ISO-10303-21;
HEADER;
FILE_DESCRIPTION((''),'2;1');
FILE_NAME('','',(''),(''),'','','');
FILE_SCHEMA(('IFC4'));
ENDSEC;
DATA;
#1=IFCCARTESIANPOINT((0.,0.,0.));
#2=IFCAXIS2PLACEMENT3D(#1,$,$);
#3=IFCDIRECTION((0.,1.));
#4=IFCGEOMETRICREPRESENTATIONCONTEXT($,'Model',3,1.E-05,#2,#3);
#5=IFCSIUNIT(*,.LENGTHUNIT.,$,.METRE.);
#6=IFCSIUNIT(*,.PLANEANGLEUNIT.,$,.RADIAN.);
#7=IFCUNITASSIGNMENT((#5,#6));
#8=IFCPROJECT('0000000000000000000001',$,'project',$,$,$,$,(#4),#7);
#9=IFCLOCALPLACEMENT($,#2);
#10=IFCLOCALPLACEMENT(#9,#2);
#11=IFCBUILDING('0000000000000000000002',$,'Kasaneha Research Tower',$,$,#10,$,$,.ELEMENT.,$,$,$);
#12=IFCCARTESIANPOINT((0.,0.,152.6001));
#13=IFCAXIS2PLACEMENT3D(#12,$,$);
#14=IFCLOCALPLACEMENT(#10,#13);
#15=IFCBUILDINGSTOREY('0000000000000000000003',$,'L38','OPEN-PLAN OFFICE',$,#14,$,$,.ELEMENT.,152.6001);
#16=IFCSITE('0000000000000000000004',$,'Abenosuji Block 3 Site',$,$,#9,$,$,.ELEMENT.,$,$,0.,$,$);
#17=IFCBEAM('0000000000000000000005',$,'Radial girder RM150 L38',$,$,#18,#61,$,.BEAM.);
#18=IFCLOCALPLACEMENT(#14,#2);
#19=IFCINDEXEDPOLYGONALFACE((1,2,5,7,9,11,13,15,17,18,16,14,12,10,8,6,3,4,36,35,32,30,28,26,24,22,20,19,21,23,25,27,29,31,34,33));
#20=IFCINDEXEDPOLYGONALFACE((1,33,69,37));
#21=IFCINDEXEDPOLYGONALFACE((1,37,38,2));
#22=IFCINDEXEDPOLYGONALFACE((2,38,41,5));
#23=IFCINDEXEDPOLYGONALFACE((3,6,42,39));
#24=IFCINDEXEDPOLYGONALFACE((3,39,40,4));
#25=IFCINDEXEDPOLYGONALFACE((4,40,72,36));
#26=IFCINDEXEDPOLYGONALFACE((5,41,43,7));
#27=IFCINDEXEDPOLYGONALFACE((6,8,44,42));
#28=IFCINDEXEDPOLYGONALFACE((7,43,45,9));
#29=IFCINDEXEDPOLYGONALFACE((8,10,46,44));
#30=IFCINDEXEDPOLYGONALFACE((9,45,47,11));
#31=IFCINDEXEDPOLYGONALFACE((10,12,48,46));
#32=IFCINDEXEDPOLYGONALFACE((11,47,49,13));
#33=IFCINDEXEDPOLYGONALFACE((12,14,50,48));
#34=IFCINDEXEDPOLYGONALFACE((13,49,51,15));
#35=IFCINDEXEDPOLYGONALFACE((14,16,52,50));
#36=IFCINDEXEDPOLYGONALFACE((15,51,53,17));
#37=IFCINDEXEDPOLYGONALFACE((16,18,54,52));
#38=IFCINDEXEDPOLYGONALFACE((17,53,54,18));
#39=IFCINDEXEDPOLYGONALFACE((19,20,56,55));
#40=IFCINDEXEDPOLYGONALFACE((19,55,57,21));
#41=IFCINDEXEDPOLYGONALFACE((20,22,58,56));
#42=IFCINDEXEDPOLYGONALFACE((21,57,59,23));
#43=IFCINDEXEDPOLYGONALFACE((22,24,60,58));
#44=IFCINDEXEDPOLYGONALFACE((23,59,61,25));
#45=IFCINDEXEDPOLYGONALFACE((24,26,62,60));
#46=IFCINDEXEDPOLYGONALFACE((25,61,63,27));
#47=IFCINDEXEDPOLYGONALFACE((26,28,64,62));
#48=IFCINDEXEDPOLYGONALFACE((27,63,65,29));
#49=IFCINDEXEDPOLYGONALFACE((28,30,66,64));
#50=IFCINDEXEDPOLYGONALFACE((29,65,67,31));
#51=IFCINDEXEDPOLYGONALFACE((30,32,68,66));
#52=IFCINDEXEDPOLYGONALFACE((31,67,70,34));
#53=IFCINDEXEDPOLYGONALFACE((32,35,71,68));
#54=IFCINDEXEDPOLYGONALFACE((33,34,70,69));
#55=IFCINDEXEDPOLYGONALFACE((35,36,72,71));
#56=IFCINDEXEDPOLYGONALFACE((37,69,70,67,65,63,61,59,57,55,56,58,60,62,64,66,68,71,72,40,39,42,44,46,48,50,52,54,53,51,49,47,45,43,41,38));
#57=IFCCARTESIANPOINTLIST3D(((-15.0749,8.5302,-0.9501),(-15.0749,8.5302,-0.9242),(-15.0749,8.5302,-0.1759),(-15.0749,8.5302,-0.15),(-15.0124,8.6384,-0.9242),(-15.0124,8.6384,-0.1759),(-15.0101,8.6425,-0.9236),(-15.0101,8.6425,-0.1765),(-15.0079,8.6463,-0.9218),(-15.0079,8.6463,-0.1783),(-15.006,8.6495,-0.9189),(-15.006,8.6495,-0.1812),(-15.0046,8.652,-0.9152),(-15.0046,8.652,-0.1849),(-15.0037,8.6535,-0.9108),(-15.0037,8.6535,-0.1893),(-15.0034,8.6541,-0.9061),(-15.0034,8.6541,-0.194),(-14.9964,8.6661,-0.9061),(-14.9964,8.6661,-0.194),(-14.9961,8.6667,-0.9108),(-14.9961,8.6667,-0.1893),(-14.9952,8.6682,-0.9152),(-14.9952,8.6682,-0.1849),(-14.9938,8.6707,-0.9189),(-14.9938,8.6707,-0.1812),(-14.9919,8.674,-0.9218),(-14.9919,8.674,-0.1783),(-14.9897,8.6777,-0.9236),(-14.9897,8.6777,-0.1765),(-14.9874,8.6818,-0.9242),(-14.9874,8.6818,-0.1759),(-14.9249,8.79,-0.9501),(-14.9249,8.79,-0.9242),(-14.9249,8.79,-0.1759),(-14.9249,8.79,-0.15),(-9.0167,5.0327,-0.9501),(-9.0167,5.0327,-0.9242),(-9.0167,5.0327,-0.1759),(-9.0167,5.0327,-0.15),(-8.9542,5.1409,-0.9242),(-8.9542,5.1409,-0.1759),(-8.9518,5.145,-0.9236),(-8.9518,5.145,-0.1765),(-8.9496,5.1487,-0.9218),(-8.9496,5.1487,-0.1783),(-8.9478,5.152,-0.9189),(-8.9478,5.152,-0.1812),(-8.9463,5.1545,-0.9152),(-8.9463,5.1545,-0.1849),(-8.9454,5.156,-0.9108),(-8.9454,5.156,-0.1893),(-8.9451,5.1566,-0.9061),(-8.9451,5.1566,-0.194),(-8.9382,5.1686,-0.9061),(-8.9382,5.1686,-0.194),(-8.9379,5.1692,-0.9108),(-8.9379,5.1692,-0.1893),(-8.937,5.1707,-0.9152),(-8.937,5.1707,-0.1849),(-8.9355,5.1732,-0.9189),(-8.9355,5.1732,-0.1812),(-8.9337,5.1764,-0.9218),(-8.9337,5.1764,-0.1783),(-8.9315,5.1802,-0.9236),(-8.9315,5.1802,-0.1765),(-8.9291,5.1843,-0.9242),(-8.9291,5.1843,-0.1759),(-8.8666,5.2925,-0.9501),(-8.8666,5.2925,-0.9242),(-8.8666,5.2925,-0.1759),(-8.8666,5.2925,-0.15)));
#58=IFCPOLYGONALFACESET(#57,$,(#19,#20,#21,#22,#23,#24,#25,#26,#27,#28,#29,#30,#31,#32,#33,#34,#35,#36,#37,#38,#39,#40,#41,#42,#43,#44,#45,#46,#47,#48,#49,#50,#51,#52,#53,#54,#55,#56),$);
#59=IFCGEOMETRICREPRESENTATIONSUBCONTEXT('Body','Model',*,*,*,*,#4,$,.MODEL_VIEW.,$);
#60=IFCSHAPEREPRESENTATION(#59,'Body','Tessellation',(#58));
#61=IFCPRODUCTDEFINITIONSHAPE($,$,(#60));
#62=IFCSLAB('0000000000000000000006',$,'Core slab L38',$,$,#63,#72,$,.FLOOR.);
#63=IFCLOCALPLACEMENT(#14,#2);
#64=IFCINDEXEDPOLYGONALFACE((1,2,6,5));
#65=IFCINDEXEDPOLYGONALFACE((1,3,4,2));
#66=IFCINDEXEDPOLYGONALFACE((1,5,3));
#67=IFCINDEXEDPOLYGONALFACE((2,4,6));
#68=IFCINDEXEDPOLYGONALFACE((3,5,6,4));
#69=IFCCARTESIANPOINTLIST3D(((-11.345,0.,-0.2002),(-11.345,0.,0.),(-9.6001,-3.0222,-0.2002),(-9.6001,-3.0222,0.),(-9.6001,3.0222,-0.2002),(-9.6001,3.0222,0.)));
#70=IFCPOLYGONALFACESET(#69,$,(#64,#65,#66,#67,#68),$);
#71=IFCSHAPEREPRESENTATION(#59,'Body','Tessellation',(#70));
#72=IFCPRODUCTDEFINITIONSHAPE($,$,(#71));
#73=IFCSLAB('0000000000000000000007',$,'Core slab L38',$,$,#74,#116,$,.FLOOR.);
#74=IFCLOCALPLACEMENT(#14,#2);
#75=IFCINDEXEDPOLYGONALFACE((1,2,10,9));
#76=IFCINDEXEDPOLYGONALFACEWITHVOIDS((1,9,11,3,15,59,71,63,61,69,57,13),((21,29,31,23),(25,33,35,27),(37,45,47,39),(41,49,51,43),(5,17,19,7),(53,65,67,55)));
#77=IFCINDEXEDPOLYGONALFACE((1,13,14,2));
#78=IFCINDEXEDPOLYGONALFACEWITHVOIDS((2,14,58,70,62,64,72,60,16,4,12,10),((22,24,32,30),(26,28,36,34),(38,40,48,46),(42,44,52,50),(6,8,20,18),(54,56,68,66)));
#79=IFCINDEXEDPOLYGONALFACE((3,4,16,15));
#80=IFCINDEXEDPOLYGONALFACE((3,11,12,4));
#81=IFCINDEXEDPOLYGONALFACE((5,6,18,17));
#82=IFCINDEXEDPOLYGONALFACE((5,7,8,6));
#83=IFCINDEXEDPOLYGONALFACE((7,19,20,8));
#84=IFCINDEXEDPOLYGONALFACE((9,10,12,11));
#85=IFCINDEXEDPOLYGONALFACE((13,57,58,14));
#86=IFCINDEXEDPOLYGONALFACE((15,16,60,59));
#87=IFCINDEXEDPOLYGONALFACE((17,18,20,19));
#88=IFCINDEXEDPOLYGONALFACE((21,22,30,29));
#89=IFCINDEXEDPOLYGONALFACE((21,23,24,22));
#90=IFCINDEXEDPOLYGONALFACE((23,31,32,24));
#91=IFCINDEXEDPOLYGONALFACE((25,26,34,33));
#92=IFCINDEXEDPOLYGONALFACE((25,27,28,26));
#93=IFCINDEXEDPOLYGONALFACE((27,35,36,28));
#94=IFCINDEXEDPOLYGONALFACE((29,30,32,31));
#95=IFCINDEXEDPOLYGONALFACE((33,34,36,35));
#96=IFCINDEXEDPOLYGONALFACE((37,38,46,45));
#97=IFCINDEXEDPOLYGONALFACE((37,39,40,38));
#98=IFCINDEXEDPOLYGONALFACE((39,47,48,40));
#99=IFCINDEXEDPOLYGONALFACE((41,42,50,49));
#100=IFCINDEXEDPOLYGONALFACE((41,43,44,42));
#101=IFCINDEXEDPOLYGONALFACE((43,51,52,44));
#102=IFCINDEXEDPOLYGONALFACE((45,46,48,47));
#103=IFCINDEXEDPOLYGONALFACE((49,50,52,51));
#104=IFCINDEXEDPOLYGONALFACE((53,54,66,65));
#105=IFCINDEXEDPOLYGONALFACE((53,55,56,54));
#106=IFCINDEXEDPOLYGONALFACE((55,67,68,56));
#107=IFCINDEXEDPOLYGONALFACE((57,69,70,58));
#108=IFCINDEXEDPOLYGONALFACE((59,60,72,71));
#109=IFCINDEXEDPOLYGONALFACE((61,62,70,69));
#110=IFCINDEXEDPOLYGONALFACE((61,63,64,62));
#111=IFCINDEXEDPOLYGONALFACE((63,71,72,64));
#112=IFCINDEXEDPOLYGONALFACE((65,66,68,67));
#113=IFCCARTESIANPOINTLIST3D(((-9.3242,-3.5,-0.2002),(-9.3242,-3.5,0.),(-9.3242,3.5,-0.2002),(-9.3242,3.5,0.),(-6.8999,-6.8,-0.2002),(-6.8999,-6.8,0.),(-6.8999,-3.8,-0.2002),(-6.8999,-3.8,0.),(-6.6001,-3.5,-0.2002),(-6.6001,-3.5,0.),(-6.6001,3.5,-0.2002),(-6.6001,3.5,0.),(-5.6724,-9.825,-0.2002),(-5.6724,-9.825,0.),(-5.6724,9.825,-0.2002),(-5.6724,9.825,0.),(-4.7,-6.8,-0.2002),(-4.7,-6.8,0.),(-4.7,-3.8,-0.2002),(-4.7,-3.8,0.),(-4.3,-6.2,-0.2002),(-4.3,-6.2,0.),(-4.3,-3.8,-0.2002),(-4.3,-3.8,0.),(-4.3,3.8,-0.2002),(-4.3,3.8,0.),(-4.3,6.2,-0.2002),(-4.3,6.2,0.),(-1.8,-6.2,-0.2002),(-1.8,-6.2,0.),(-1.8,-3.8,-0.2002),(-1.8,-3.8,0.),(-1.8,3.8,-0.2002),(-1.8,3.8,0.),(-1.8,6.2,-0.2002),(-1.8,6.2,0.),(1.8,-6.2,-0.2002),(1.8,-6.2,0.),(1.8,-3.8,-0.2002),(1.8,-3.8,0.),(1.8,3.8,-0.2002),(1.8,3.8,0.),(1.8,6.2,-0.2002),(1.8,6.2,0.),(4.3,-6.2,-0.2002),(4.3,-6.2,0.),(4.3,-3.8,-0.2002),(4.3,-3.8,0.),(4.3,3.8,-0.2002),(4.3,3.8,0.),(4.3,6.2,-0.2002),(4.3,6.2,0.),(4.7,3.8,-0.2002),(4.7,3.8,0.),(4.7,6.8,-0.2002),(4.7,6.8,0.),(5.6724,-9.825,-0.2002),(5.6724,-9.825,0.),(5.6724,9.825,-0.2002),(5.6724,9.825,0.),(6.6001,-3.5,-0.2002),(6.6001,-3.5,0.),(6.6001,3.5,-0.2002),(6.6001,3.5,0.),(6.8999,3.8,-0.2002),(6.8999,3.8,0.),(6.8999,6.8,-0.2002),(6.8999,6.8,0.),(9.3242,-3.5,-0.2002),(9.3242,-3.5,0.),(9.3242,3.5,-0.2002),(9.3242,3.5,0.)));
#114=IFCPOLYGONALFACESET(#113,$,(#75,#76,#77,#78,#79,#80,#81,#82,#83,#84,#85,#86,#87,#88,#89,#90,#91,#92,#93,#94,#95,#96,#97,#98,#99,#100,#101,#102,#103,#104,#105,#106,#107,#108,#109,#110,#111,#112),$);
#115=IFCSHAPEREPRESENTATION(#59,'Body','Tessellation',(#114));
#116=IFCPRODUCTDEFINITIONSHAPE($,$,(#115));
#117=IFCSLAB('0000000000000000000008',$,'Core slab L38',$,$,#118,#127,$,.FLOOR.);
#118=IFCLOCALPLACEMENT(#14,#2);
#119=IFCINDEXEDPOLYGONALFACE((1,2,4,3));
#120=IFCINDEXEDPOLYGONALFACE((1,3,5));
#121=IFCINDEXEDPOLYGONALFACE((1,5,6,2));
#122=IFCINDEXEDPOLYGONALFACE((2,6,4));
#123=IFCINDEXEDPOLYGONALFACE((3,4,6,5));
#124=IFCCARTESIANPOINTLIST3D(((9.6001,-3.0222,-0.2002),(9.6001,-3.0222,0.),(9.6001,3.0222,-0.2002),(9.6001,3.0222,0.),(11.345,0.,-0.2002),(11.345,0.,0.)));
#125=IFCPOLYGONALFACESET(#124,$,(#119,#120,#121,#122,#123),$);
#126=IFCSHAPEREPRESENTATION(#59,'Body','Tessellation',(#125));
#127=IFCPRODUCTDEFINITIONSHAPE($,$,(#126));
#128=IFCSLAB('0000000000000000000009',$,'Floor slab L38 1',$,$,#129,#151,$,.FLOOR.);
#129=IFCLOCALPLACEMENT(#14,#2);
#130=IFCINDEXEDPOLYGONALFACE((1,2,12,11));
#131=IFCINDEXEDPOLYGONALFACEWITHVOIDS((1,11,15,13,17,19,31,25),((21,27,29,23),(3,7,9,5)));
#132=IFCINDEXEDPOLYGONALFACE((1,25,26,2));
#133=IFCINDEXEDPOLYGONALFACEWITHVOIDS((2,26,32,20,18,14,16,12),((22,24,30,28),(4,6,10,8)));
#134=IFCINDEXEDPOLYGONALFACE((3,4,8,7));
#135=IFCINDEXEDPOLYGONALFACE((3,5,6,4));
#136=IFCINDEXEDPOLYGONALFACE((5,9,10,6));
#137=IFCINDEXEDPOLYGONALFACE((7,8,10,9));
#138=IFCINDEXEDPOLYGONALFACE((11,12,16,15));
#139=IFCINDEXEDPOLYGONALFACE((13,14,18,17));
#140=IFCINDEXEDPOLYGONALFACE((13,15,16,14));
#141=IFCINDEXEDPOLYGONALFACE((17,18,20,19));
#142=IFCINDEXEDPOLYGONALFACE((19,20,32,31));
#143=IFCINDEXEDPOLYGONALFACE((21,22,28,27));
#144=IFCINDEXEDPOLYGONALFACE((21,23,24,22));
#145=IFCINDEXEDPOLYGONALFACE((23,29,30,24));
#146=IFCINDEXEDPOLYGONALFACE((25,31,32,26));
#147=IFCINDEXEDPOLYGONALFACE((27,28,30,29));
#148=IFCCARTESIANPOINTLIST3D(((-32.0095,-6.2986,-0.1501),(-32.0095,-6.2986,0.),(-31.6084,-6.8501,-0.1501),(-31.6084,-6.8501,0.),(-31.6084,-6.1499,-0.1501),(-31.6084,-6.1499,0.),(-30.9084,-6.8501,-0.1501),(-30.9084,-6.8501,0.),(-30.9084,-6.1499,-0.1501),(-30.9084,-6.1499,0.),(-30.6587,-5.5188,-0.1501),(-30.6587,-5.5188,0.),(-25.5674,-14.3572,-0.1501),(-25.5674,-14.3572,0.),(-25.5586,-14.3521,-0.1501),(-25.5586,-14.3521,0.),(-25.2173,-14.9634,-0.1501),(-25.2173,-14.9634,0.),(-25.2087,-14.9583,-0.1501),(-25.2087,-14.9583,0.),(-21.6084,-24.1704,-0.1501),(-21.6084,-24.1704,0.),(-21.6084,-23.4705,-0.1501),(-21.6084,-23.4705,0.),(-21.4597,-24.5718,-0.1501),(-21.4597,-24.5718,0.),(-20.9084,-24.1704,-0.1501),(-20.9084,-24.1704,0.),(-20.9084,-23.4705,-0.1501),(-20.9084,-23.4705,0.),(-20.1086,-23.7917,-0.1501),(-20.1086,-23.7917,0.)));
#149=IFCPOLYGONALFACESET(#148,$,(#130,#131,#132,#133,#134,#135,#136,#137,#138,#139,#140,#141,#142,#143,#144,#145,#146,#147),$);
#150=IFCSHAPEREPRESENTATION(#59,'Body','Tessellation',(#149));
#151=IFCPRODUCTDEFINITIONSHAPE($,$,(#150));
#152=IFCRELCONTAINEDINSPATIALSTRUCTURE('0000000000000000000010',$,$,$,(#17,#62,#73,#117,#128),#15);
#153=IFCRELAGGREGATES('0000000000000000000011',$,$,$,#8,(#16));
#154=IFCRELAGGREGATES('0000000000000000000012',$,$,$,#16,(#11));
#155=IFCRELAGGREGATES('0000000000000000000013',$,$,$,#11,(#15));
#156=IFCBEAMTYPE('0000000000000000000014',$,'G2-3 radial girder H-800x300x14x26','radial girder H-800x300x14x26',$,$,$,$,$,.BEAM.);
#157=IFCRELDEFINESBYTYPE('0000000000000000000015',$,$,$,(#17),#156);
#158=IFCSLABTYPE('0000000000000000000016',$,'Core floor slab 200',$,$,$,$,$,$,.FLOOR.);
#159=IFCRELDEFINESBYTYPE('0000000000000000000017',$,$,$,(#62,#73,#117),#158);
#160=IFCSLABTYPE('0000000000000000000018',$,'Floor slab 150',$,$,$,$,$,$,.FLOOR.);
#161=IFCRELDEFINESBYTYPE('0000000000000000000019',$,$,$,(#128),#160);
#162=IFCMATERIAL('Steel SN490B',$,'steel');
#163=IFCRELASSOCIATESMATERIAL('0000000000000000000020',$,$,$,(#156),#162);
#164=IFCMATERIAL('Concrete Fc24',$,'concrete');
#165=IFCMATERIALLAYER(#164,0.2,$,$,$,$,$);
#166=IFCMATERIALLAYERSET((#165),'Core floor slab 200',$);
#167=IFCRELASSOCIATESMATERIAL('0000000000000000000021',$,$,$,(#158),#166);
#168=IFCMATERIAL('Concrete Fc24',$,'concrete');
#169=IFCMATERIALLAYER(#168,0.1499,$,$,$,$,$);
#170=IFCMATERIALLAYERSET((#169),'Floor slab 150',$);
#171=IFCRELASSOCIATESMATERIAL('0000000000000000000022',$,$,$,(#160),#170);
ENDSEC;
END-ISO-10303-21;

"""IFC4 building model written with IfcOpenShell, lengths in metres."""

from ifc_helpers import new_model, si_unit, direction, frame, origin, origin_2d, place, context, subcontext, project, spatial, polyline, i_section, outline, extrude, material, layer, layer_set, material_profile, profile_set, type_object, element, save


model = new_model("IFC4")

# Units and contexts
model_context = context("Model", 3, precision=1e-05, world=origin(), true_north=direction((0.0, 1.0)))
body_context = subcontext(model_context, "Body", "Model", "MODEL_VIEW")
ifc_project = project(units=[si_unit("LENGTHUNIT", "METRE"), si_unit("PLANEANGLEUNIT", "RADIAN")], contexts=[model_context])

# Site, building, storey
site_placement = place(None, origin())
site = spatial("IfcSite", under=ifc_project, at=site_placement, Name="Abenosuji Block 3 Site", CompositionType="ELEMENT", RefElevation=0.0)
building_placement = place(site_placement, origin())
building = spatial("IfcBuilding", under=site, at=building_placement, Name="Kasaneha Research Tower", CompositionType="ELEMENT")
storey_placement = place(building_placement, frame((0.0, 0.0, 152.6001)))
storey = spatial("IfcBuildingStorey", under=building, at=storey_placement, Name="L38", Description="OPEN-PLAN OFFICE", CompositionType="ELEMENT", Elevation=152.6001)

# Beam
ifc_material_1 = material(Name="Steel SN490B", Category="steel")
ifc_material_profile = material_profile(ifc_material_1, i_section(OverallWidth=0.3, OverallDepth=0.8, WebThickness=0.0139, FlangeThickness=0.0259, FilletRadius=0.0181, at=origin_2d()), Name="H-800x300x14x26")
ifc_profile_set = profile_set([ifc_material_profile], Name="Steel SN490B")
beam_type = type_object("IfcBeamType", Name="G2-3 radial girder H-800x300x14x26", Description="radial girder H-800x300x14x26", PredefinedType="BEAM", material=ifc_profile_set)
beam_placement = place(storey_placement, frame((-8.9417, 5.1626, -0.55), z_axis=(-0.86604, 0.499975, 0.0), x_axis=(-0.499975, -0.86604, 0.0)))
element("IfcBeam", 1, at=beam_placement, inside=storey, type_object=beam_type, Name="Radial girder RM150 L38", PredefinedType="BEAM", context=body_context, shape_type="SweptSolid", body=[
    extrude(i_section(OverallWidth=0.3, OverallDepth=0.8, WebThickness=0.0139, FlangeThickness=0.0259, FilletRadius=0.0181, at=origin_2d()), origin(), (0.0, 0.0, 1.0), 6.9954),
])

# Slabs
ifc_material_2 = material(Name="Concrete Fc24", Category="concrete")
ifc_layer_1 = layer(ifc_material_2, 0.2)
ifc_layer_set_1 = layer_set([ifc_layer_1], Name="Core floor slab 200")
slab_type_1 = type_object("IfcSlabType", Name="Core floor slab 200", PredefinedType="FLOOR", material=ifc_layer_set_1)
slab_1_placement = place(storey_placement, frame((0.0, 0.0, -0.2002)))
element("IfcSlab", 2, at=slab_1_placement, inside=storey, type_object=slab_type_1, Name="Core slab L38", PredefinedType="FLOOR", context=body_context, shape_type="SweptSolid", body=[
    extrude(outline(polyline([(-11.345, 0.0), (-9.6001, 3.0222), (-9.6001, -3.0222), (-11.345, 0.0)])), origin(), (0.0, 0.0, 1.0), 0.2002),
])
slab_2_placement = place(storey_placement, frame((0.0, 0.0, -0.2002)))
element("IfcSlab", 3, at=slab_2_placement, inside=storey, type_object=slab_type_1, Name="Core slab L38", PredefinedType="FLOOR", context=body_context, shape_type="SweptSolid", body=[
    extrude(outline(polyline([(-5.6724, 9.825), (5.6724, 9.825), (9.3242, 3.5), (6.6001, 3.5), (6.6001, -3.5), (9.3242, -3.5), (5.6724, -9.825), (-5.6724, -9.825), (-9.3242, -3.5), (-6.6001, -3.5), (-6.6001, 3.5), (-9.3242, 3.5), (-5.6724, 9.825)]), holes=[polyline([(-6.8999, -3.8), (-6.8999, -6.8), (-4.7, -6.8), (-4.7, -3.8), (-6.8999, -3.8)]), polyline([(-4.3, -3.8), (-4.3, -6.2), (-1.8, -6.2), (-1.8, -3.8), (-4.3, -3.8)]), polyline([(1.8, -3.8), (1.8, -6.2), (4.3, -6.2), (4.3, -3.8), (1.8, -3.8)]), polyline([(-4.3, 6.2), (-4.3, 3.8), (-1.8, 3.8), (-1.8, 6.2), (-4.3, 6.2)]), polyline([(1.8, 6.2), (1.8, 3.8), (4.3, 3.8), (4.3, 6.2), (1.8, 6.2)]), polyline([(4.7, 6.8), (4.7, 3.8), (6.8999, 3.8), (6.8999, 6.8), (4.7, 6.8)])]), origin(), (0.0, 0.0, 1.0), 0.2002),
])
slab_3_placement = place(storey_placement, frame((0.0, 0.0, -0.2002)))
element("IfcSlab", 4, at=slab_3_placement, inside=storey, type_object=slab_type_1, Name="Core slab L38", PredefinedType="FLOOR", context=body_context, shape_type="SweptSolid", body=[
    extrude(outline(polyline([(11.345, 0.0), (9.6001, -3.0222), (9.6001, 3.0222), (11.345, 0.0)])), origin(), (0.0, 0.0, 1.0), 0.2002),
])
ifc_material_3 = material(Name="Concrete Fc24", Category="concrete")
ifc_layer_2 = layer(ifc_material_3, 0.1499)
ifc_layer_set_2 = layer_set([ifc_layer_2], Name="Floor slab 150")
slab_type_2 = type_object("IfcSlabType", Name="Floor slab 150", PredefinedType="FLOOR", material=ifc_layer_set_2)
slab_4_placement = place(storey_placement, frame((0.0, 0.0, -0.1501)))
element("IfcSlab", 5, at=slab_4_placement, inside=storey, type_object=slab_type_2, Name="Floor slab L38 1", PredefinedType="FLOOR", context=body_context, shape_type="SweptSolid", body=[
    extrude(outline(polyline([(-32.0095, -6.2986), (-30.6587, -5.5188), (-25.5586, -14.3521), (-25.5674, -14.3572), (-25.2173, -14.9634), (-25.2087, -14.9583), (-20.1086, -23.7917), (-21.4597, -24.5718), (-32.0095, -6.2986)]), holes=[polyline([(-20.9084, -24.1704), (-20.9084, -23.4705), (-21.6084, -23.4705), (-21.6084, -24.1704), (-20.9084, -24.1704)]), polyline([(-30.9084, -6.8501), (-30.9084, -6.1499), (-31.6084, -6.1499), (-31.6084, -6.8501), (-30.9084, -6.8501)])]), origin(), (0.0, 0.0, 1.0), 0.1501),
])

save(model, "model.ifc")
